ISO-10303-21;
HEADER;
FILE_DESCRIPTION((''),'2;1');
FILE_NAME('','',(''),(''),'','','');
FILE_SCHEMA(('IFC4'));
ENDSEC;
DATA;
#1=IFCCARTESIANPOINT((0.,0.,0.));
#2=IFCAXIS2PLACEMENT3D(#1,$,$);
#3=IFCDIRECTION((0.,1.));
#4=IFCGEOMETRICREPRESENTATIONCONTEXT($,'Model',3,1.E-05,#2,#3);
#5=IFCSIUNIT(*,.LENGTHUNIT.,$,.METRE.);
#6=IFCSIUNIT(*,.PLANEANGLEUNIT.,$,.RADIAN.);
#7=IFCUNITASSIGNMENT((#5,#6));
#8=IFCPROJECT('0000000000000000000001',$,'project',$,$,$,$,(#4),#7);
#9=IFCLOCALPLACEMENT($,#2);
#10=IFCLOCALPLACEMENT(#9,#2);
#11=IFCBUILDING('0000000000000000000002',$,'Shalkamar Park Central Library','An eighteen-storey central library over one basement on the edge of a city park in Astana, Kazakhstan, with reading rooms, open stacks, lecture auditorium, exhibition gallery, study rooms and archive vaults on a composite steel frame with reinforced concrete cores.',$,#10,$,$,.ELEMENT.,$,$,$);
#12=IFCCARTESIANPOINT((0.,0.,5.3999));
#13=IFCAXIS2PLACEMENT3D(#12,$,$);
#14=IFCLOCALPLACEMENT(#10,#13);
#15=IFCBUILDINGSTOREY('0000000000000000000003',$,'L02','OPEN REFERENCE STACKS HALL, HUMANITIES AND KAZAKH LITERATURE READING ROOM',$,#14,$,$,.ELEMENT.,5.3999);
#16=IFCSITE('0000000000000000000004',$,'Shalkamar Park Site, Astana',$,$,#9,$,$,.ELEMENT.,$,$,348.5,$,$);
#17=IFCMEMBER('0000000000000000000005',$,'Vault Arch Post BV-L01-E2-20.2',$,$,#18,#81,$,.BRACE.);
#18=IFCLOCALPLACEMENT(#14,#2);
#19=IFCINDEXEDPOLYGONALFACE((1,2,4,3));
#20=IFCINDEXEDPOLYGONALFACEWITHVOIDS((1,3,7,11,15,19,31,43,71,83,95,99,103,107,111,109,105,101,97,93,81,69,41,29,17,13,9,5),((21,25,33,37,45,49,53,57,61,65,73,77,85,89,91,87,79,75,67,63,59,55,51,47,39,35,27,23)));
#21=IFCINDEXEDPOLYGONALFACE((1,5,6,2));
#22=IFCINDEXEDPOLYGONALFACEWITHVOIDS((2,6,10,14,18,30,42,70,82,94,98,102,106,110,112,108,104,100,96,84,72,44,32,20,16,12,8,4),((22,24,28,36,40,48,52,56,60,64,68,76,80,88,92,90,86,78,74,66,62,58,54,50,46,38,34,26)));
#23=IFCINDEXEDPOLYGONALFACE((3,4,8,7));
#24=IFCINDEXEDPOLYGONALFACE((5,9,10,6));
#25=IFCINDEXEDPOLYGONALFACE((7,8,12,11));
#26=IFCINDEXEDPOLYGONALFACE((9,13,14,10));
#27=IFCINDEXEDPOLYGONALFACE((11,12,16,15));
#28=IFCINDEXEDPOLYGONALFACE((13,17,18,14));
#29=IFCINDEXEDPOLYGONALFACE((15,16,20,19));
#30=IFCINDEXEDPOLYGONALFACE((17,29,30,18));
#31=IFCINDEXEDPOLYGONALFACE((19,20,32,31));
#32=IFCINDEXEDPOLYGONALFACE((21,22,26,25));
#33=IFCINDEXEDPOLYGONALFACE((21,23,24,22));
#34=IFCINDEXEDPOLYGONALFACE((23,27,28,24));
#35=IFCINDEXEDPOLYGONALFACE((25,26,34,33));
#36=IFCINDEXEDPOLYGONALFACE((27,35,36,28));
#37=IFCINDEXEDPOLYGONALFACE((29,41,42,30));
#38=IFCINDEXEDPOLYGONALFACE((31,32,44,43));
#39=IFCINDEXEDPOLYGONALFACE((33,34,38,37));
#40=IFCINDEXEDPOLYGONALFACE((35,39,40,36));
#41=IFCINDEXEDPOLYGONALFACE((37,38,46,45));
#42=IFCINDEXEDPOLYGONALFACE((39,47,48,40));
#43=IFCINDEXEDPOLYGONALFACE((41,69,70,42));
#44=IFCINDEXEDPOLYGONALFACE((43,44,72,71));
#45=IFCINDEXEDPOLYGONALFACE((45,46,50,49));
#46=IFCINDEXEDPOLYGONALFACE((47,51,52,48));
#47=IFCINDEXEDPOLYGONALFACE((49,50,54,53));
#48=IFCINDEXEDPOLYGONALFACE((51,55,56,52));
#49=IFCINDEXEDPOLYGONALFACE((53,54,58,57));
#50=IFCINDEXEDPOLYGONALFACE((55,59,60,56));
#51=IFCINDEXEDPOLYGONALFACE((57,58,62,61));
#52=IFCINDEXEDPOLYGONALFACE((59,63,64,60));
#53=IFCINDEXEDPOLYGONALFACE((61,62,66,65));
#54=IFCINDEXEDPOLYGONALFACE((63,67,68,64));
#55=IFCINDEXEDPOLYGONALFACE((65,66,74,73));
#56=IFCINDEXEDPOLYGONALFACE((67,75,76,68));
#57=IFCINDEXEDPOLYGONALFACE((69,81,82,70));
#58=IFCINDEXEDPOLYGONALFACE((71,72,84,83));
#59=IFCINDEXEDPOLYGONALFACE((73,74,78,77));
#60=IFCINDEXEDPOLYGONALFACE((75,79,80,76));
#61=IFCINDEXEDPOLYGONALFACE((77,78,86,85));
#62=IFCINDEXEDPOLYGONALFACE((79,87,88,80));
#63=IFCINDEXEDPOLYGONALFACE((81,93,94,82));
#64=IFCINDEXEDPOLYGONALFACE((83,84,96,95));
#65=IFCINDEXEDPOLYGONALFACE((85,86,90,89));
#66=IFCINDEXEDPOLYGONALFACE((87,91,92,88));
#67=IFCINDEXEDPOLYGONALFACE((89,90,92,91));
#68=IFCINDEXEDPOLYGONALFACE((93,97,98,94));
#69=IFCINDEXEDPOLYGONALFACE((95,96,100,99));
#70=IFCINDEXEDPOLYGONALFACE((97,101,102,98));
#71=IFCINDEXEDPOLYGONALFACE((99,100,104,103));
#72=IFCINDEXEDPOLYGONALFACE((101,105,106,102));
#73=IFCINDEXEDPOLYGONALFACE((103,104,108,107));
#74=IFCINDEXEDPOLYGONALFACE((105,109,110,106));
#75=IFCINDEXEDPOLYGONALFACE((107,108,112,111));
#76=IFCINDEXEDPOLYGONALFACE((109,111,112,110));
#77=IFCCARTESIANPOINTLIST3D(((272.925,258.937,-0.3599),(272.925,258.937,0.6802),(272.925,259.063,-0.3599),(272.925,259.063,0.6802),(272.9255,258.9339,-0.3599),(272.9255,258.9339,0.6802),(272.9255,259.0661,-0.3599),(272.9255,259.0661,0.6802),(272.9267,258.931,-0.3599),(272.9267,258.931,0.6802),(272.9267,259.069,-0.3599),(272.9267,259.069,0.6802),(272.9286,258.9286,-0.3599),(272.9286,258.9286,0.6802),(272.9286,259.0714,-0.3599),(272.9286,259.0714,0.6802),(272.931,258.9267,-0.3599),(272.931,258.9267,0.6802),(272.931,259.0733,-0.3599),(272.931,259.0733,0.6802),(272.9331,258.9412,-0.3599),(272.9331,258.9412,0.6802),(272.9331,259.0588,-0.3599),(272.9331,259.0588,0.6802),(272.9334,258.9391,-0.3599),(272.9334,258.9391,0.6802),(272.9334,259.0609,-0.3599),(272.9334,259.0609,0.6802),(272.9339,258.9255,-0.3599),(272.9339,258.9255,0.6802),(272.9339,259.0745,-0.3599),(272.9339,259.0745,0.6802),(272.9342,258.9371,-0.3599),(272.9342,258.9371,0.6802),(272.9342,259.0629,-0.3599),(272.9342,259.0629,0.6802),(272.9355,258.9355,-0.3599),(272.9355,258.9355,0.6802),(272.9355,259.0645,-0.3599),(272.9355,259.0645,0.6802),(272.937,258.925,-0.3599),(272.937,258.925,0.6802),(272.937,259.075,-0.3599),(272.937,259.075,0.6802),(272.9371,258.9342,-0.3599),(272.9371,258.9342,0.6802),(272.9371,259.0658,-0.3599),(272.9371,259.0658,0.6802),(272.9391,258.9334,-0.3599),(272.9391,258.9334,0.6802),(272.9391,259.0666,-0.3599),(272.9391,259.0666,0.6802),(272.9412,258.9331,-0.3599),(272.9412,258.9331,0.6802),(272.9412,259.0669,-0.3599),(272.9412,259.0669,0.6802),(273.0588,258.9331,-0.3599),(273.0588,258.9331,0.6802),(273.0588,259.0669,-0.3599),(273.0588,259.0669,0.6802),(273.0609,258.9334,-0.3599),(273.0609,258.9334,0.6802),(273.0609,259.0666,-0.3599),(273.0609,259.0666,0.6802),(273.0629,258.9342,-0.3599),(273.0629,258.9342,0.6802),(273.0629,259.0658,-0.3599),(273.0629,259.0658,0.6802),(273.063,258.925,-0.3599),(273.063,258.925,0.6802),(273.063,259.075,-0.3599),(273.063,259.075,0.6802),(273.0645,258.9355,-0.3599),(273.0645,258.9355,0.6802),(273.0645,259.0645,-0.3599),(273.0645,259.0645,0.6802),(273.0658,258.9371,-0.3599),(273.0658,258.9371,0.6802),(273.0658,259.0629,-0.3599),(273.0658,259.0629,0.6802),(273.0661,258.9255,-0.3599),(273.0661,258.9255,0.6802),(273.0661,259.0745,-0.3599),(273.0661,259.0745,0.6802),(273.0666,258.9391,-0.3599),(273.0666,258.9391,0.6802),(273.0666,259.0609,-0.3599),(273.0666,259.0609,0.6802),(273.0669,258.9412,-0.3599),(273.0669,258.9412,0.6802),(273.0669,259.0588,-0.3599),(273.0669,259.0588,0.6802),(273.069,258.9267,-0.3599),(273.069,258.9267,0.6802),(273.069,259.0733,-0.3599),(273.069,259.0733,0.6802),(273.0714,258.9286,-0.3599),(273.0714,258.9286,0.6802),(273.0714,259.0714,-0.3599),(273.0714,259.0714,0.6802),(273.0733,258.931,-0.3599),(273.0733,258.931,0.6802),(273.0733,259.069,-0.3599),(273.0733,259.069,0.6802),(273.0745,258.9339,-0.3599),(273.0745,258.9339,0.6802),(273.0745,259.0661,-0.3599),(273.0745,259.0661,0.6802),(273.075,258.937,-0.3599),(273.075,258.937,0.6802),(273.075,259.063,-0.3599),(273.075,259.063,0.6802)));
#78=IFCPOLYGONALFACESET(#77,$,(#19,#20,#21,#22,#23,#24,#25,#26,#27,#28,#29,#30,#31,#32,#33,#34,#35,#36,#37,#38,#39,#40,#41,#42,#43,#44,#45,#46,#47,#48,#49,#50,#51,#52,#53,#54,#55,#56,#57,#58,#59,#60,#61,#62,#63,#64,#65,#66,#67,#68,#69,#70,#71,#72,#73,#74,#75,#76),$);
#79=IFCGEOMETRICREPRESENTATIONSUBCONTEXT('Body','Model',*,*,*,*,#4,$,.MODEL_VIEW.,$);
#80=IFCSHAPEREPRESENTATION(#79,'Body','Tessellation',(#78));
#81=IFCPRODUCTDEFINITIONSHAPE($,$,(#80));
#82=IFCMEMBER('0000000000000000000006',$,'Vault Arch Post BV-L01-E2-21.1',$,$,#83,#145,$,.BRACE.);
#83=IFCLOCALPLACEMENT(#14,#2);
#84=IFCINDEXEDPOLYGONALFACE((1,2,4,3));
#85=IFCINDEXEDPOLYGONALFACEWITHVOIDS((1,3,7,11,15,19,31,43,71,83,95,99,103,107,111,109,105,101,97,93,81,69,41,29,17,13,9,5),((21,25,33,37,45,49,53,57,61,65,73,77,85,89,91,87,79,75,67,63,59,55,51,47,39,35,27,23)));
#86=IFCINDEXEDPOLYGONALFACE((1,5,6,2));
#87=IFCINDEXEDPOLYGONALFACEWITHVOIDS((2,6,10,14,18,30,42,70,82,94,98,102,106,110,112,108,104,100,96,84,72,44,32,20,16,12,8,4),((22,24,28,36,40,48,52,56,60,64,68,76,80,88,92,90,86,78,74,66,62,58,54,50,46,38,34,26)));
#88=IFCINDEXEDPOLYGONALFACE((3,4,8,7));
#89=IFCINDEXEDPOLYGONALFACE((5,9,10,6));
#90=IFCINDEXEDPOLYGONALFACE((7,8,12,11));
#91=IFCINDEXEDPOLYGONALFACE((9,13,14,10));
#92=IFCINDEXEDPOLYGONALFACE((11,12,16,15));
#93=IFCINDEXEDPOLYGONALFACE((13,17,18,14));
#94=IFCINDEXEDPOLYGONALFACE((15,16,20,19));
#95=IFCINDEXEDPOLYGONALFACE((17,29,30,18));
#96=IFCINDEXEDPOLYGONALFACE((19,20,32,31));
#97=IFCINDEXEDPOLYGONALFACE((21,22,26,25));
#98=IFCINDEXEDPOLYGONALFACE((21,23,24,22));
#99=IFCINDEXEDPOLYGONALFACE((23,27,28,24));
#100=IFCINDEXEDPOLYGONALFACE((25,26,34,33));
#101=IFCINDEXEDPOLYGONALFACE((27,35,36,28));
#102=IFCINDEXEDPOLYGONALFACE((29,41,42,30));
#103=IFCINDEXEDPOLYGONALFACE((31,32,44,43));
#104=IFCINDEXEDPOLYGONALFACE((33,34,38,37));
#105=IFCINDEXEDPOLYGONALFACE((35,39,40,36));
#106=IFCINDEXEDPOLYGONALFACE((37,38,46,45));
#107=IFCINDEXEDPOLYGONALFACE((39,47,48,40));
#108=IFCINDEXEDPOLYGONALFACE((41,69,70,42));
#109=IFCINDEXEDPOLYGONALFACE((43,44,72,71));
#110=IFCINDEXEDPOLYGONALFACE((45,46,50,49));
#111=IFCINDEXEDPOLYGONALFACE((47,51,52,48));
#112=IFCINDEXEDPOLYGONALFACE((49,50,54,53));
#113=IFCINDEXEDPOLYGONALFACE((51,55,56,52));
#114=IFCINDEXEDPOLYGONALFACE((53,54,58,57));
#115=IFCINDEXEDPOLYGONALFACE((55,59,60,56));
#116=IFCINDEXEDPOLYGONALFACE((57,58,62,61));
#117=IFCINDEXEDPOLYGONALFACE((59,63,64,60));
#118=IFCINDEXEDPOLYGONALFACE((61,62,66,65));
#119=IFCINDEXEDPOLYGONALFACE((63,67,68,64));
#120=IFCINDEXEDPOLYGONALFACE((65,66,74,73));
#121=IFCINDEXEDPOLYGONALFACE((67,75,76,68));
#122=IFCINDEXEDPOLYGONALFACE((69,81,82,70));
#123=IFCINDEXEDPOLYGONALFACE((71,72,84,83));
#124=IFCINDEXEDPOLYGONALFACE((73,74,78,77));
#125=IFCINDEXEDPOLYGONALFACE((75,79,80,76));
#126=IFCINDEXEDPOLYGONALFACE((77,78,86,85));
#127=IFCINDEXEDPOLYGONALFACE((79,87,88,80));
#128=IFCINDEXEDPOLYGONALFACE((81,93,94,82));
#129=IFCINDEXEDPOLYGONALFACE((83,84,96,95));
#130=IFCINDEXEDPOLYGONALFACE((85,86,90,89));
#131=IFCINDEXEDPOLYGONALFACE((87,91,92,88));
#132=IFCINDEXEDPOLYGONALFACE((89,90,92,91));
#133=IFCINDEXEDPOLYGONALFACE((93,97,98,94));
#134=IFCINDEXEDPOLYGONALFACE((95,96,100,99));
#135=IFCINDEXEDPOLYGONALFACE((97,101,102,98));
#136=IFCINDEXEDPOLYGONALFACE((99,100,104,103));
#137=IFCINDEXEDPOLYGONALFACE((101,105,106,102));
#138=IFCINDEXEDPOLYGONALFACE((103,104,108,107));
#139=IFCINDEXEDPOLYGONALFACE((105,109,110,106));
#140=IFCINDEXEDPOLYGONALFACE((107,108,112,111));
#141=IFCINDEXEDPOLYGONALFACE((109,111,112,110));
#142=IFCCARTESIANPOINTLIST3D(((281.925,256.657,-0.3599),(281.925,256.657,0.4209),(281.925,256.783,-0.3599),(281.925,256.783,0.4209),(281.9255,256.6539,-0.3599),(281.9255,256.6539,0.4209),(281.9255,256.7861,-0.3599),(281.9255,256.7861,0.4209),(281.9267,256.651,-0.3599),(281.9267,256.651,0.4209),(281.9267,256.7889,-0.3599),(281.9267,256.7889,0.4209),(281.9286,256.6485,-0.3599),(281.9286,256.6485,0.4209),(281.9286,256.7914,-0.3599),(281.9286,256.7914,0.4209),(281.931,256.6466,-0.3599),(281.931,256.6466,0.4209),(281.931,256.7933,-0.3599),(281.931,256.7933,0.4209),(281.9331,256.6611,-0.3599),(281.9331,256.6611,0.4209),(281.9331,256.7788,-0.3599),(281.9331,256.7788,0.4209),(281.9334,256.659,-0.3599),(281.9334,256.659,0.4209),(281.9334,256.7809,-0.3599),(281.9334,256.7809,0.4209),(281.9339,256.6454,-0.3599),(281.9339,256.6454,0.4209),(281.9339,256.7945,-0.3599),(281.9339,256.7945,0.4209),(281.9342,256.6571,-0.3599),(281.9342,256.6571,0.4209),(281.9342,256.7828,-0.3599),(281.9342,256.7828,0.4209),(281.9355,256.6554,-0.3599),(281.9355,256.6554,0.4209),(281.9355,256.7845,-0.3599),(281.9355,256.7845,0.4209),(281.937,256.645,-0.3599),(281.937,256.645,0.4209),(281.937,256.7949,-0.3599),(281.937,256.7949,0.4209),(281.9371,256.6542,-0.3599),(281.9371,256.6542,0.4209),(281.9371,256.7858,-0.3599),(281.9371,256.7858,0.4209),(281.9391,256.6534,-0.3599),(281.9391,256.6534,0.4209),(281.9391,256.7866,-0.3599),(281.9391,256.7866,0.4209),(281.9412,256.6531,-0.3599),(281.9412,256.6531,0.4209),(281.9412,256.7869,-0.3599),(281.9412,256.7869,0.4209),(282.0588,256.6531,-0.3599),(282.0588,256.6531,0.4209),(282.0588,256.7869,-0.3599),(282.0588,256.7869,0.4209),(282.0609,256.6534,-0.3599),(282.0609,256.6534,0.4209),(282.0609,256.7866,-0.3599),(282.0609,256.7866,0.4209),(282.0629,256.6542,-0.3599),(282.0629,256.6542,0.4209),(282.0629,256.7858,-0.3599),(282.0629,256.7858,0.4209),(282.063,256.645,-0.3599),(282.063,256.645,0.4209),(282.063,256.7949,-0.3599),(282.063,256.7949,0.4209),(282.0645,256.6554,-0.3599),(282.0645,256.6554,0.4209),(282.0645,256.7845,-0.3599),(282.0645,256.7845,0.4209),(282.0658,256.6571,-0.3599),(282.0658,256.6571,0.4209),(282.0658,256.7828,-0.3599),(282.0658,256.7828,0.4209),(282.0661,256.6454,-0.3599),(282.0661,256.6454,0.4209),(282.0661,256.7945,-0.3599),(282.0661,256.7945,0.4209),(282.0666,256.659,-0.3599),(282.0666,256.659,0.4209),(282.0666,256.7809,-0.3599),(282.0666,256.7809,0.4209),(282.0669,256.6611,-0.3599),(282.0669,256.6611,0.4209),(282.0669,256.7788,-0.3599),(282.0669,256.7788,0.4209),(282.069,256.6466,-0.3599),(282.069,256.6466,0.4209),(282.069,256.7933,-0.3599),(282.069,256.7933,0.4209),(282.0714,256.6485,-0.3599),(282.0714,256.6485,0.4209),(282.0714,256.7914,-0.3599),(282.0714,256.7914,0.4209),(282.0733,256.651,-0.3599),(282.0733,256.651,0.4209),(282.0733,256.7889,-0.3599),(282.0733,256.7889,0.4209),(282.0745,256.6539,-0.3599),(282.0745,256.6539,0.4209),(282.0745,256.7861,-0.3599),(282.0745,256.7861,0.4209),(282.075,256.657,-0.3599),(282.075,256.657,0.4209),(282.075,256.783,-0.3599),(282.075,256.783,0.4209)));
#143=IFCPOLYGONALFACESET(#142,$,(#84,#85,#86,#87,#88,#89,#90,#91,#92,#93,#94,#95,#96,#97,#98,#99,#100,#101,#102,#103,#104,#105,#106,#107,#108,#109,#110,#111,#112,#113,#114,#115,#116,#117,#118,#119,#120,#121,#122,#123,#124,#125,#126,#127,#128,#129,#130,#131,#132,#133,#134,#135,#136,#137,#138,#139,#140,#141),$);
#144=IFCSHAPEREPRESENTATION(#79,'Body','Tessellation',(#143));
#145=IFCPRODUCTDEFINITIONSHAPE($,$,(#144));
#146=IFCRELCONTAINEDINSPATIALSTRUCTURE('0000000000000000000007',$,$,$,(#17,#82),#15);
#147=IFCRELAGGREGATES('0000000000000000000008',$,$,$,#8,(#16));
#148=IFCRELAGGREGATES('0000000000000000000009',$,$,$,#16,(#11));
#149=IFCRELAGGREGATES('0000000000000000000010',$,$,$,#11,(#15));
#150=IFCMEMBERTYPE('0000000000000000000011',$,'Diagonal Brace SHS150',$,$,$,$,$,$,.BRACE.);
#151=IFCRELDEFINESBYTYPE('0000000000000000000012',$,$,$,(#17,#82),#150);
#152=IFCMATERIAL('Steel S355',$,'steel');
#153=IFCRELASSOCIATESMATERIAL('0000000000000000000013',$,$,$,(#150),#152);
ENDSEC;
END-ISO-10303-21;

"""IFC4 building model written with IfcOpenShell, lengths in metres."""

from ifc_helpers import new_model, si_unit, direction, frame, origin, origin_2d, place, context, subcontext, project, spatial, hollow_rectangle, extrude, material, material_profile, profile_set, type_object, element, save


model = new_model("IFC4")

# Units and contexts
model_context = context("Model", 3, precision=1e-05, world=origin(), true_north=direction((0.0, 1.0)))
body_context = subcontext(model_context, "Body", "Model", "MODEL_VIEW")
ifc_project = project(units=[si_unit("LENGTHUNIT", "METRE"), si_unit("PLANEANGLEUNIT", "RADIAN")], contexts=[model_context])

# Site, building, storey
site_placement = place(None, origin())
site = spatial("IfcSite", under=ifc_project, at=site_placement, Name="Shalkamar Park Site, Astana", CompositionType="ELEMENT", RefElevation=348.5)
building_placement = place(site_placement, origin())
building = spatial("IfcBuilding", under=site, at=building_placement, Name="Shalkamar Park Central Library", Description="An eighteen-storey central library over one basement on the edge of a city park in Astana, Kazakhstan, with reading rooms, open stacks, lecture auditorium, exhibition gallery, study rooms and archive vaults on a composite steel frame with reinforced concrete cores.", CompositionType="ELEMENT")
storey_placement = place(building_placement, frame((0.0, 0.0, 5.3999)))
storey = spatial("IfcBuildingStorey", under=building, at=storey_placement, Name="L02", Description="OPEN REFERENCE STACKS HALL, HUMANITIES AND KAZAKH LITERATURE READING ROOM", CompositionType="ELEMENT", Elevation=5.3999)

# Shared definitions
ifc_material_1 = material(Name="Steel S355", Category="steel")

# Members
ifc_material_profile_1 = material_profile(ifc_material_1, hollow_rectangle(XDim=0.1499, YDim=0.1499, WallThickness=0.0081, InnerFilletRadius=0.0081, OuterFilletRadius=0.012, at=origin_2d()), Name="SHS 150x150x8")
ifc_profile_set_1 = profile_set([ifc_material_profile_1], Name="Steel S355")
member_type_1 = type_object("IfcMemberType", Name="Diagonal Brace SHS150", PredefinedType="BRACE", material=ifc_profile_set_1)
member_1_placement = place(storey_placement, frame((273.0, 259.0, -0.3599), z_axis=(0.0, 0.0, 1.0), x_axis=(1.0, 0.0, 0.0)))
element("IfcMember", 1, at=member_1_placement, inside=storey, type_object=member_type_1, Name="Vault Arch Post BV-L01-E2-20.2", PredefinedType="BRACE", context=body_context, shape_type="SweptSolid", body=[
    extrude(hollow_rectangle(XDim=0.1499, YDim=0.1499, WallThickness=0.0081, InnerFilletRadius=0.0081, OuterFilletRadius=0.012, at=origin_2d()), origin(), (0.0, 0.0, 1.0), 1.04),
])
for number, where, z_axis, x_axis, name in (
    (2, (282.0, 256.72, -0.3599), (0.0, 0.0, 1.0), (1.0, 0.0, 0.0), "Vault Arch Post BV-L01-E2-21.1"),
):
    element("IfcMember", number, at=place(storey_placement, frame(where, z_axis=z_axis, x_axis=x_axis)), inside=storey, type_object=member_type_1, Name=name, PredefinedType="BRACE", context=body_context, shape_type="SweptSolid", body=[
        extrude(hollow_rectangle(XDim=0.1499, YDim=0.1499, WallThickness=0.0081, InnerFilletRadius=0.0081, OuterFilletRadius=0.012, at=origin_2d()), origin(), (0.0, 0.0, 1.0), 0.7808),
    ])

save(model, "model.ifc")
